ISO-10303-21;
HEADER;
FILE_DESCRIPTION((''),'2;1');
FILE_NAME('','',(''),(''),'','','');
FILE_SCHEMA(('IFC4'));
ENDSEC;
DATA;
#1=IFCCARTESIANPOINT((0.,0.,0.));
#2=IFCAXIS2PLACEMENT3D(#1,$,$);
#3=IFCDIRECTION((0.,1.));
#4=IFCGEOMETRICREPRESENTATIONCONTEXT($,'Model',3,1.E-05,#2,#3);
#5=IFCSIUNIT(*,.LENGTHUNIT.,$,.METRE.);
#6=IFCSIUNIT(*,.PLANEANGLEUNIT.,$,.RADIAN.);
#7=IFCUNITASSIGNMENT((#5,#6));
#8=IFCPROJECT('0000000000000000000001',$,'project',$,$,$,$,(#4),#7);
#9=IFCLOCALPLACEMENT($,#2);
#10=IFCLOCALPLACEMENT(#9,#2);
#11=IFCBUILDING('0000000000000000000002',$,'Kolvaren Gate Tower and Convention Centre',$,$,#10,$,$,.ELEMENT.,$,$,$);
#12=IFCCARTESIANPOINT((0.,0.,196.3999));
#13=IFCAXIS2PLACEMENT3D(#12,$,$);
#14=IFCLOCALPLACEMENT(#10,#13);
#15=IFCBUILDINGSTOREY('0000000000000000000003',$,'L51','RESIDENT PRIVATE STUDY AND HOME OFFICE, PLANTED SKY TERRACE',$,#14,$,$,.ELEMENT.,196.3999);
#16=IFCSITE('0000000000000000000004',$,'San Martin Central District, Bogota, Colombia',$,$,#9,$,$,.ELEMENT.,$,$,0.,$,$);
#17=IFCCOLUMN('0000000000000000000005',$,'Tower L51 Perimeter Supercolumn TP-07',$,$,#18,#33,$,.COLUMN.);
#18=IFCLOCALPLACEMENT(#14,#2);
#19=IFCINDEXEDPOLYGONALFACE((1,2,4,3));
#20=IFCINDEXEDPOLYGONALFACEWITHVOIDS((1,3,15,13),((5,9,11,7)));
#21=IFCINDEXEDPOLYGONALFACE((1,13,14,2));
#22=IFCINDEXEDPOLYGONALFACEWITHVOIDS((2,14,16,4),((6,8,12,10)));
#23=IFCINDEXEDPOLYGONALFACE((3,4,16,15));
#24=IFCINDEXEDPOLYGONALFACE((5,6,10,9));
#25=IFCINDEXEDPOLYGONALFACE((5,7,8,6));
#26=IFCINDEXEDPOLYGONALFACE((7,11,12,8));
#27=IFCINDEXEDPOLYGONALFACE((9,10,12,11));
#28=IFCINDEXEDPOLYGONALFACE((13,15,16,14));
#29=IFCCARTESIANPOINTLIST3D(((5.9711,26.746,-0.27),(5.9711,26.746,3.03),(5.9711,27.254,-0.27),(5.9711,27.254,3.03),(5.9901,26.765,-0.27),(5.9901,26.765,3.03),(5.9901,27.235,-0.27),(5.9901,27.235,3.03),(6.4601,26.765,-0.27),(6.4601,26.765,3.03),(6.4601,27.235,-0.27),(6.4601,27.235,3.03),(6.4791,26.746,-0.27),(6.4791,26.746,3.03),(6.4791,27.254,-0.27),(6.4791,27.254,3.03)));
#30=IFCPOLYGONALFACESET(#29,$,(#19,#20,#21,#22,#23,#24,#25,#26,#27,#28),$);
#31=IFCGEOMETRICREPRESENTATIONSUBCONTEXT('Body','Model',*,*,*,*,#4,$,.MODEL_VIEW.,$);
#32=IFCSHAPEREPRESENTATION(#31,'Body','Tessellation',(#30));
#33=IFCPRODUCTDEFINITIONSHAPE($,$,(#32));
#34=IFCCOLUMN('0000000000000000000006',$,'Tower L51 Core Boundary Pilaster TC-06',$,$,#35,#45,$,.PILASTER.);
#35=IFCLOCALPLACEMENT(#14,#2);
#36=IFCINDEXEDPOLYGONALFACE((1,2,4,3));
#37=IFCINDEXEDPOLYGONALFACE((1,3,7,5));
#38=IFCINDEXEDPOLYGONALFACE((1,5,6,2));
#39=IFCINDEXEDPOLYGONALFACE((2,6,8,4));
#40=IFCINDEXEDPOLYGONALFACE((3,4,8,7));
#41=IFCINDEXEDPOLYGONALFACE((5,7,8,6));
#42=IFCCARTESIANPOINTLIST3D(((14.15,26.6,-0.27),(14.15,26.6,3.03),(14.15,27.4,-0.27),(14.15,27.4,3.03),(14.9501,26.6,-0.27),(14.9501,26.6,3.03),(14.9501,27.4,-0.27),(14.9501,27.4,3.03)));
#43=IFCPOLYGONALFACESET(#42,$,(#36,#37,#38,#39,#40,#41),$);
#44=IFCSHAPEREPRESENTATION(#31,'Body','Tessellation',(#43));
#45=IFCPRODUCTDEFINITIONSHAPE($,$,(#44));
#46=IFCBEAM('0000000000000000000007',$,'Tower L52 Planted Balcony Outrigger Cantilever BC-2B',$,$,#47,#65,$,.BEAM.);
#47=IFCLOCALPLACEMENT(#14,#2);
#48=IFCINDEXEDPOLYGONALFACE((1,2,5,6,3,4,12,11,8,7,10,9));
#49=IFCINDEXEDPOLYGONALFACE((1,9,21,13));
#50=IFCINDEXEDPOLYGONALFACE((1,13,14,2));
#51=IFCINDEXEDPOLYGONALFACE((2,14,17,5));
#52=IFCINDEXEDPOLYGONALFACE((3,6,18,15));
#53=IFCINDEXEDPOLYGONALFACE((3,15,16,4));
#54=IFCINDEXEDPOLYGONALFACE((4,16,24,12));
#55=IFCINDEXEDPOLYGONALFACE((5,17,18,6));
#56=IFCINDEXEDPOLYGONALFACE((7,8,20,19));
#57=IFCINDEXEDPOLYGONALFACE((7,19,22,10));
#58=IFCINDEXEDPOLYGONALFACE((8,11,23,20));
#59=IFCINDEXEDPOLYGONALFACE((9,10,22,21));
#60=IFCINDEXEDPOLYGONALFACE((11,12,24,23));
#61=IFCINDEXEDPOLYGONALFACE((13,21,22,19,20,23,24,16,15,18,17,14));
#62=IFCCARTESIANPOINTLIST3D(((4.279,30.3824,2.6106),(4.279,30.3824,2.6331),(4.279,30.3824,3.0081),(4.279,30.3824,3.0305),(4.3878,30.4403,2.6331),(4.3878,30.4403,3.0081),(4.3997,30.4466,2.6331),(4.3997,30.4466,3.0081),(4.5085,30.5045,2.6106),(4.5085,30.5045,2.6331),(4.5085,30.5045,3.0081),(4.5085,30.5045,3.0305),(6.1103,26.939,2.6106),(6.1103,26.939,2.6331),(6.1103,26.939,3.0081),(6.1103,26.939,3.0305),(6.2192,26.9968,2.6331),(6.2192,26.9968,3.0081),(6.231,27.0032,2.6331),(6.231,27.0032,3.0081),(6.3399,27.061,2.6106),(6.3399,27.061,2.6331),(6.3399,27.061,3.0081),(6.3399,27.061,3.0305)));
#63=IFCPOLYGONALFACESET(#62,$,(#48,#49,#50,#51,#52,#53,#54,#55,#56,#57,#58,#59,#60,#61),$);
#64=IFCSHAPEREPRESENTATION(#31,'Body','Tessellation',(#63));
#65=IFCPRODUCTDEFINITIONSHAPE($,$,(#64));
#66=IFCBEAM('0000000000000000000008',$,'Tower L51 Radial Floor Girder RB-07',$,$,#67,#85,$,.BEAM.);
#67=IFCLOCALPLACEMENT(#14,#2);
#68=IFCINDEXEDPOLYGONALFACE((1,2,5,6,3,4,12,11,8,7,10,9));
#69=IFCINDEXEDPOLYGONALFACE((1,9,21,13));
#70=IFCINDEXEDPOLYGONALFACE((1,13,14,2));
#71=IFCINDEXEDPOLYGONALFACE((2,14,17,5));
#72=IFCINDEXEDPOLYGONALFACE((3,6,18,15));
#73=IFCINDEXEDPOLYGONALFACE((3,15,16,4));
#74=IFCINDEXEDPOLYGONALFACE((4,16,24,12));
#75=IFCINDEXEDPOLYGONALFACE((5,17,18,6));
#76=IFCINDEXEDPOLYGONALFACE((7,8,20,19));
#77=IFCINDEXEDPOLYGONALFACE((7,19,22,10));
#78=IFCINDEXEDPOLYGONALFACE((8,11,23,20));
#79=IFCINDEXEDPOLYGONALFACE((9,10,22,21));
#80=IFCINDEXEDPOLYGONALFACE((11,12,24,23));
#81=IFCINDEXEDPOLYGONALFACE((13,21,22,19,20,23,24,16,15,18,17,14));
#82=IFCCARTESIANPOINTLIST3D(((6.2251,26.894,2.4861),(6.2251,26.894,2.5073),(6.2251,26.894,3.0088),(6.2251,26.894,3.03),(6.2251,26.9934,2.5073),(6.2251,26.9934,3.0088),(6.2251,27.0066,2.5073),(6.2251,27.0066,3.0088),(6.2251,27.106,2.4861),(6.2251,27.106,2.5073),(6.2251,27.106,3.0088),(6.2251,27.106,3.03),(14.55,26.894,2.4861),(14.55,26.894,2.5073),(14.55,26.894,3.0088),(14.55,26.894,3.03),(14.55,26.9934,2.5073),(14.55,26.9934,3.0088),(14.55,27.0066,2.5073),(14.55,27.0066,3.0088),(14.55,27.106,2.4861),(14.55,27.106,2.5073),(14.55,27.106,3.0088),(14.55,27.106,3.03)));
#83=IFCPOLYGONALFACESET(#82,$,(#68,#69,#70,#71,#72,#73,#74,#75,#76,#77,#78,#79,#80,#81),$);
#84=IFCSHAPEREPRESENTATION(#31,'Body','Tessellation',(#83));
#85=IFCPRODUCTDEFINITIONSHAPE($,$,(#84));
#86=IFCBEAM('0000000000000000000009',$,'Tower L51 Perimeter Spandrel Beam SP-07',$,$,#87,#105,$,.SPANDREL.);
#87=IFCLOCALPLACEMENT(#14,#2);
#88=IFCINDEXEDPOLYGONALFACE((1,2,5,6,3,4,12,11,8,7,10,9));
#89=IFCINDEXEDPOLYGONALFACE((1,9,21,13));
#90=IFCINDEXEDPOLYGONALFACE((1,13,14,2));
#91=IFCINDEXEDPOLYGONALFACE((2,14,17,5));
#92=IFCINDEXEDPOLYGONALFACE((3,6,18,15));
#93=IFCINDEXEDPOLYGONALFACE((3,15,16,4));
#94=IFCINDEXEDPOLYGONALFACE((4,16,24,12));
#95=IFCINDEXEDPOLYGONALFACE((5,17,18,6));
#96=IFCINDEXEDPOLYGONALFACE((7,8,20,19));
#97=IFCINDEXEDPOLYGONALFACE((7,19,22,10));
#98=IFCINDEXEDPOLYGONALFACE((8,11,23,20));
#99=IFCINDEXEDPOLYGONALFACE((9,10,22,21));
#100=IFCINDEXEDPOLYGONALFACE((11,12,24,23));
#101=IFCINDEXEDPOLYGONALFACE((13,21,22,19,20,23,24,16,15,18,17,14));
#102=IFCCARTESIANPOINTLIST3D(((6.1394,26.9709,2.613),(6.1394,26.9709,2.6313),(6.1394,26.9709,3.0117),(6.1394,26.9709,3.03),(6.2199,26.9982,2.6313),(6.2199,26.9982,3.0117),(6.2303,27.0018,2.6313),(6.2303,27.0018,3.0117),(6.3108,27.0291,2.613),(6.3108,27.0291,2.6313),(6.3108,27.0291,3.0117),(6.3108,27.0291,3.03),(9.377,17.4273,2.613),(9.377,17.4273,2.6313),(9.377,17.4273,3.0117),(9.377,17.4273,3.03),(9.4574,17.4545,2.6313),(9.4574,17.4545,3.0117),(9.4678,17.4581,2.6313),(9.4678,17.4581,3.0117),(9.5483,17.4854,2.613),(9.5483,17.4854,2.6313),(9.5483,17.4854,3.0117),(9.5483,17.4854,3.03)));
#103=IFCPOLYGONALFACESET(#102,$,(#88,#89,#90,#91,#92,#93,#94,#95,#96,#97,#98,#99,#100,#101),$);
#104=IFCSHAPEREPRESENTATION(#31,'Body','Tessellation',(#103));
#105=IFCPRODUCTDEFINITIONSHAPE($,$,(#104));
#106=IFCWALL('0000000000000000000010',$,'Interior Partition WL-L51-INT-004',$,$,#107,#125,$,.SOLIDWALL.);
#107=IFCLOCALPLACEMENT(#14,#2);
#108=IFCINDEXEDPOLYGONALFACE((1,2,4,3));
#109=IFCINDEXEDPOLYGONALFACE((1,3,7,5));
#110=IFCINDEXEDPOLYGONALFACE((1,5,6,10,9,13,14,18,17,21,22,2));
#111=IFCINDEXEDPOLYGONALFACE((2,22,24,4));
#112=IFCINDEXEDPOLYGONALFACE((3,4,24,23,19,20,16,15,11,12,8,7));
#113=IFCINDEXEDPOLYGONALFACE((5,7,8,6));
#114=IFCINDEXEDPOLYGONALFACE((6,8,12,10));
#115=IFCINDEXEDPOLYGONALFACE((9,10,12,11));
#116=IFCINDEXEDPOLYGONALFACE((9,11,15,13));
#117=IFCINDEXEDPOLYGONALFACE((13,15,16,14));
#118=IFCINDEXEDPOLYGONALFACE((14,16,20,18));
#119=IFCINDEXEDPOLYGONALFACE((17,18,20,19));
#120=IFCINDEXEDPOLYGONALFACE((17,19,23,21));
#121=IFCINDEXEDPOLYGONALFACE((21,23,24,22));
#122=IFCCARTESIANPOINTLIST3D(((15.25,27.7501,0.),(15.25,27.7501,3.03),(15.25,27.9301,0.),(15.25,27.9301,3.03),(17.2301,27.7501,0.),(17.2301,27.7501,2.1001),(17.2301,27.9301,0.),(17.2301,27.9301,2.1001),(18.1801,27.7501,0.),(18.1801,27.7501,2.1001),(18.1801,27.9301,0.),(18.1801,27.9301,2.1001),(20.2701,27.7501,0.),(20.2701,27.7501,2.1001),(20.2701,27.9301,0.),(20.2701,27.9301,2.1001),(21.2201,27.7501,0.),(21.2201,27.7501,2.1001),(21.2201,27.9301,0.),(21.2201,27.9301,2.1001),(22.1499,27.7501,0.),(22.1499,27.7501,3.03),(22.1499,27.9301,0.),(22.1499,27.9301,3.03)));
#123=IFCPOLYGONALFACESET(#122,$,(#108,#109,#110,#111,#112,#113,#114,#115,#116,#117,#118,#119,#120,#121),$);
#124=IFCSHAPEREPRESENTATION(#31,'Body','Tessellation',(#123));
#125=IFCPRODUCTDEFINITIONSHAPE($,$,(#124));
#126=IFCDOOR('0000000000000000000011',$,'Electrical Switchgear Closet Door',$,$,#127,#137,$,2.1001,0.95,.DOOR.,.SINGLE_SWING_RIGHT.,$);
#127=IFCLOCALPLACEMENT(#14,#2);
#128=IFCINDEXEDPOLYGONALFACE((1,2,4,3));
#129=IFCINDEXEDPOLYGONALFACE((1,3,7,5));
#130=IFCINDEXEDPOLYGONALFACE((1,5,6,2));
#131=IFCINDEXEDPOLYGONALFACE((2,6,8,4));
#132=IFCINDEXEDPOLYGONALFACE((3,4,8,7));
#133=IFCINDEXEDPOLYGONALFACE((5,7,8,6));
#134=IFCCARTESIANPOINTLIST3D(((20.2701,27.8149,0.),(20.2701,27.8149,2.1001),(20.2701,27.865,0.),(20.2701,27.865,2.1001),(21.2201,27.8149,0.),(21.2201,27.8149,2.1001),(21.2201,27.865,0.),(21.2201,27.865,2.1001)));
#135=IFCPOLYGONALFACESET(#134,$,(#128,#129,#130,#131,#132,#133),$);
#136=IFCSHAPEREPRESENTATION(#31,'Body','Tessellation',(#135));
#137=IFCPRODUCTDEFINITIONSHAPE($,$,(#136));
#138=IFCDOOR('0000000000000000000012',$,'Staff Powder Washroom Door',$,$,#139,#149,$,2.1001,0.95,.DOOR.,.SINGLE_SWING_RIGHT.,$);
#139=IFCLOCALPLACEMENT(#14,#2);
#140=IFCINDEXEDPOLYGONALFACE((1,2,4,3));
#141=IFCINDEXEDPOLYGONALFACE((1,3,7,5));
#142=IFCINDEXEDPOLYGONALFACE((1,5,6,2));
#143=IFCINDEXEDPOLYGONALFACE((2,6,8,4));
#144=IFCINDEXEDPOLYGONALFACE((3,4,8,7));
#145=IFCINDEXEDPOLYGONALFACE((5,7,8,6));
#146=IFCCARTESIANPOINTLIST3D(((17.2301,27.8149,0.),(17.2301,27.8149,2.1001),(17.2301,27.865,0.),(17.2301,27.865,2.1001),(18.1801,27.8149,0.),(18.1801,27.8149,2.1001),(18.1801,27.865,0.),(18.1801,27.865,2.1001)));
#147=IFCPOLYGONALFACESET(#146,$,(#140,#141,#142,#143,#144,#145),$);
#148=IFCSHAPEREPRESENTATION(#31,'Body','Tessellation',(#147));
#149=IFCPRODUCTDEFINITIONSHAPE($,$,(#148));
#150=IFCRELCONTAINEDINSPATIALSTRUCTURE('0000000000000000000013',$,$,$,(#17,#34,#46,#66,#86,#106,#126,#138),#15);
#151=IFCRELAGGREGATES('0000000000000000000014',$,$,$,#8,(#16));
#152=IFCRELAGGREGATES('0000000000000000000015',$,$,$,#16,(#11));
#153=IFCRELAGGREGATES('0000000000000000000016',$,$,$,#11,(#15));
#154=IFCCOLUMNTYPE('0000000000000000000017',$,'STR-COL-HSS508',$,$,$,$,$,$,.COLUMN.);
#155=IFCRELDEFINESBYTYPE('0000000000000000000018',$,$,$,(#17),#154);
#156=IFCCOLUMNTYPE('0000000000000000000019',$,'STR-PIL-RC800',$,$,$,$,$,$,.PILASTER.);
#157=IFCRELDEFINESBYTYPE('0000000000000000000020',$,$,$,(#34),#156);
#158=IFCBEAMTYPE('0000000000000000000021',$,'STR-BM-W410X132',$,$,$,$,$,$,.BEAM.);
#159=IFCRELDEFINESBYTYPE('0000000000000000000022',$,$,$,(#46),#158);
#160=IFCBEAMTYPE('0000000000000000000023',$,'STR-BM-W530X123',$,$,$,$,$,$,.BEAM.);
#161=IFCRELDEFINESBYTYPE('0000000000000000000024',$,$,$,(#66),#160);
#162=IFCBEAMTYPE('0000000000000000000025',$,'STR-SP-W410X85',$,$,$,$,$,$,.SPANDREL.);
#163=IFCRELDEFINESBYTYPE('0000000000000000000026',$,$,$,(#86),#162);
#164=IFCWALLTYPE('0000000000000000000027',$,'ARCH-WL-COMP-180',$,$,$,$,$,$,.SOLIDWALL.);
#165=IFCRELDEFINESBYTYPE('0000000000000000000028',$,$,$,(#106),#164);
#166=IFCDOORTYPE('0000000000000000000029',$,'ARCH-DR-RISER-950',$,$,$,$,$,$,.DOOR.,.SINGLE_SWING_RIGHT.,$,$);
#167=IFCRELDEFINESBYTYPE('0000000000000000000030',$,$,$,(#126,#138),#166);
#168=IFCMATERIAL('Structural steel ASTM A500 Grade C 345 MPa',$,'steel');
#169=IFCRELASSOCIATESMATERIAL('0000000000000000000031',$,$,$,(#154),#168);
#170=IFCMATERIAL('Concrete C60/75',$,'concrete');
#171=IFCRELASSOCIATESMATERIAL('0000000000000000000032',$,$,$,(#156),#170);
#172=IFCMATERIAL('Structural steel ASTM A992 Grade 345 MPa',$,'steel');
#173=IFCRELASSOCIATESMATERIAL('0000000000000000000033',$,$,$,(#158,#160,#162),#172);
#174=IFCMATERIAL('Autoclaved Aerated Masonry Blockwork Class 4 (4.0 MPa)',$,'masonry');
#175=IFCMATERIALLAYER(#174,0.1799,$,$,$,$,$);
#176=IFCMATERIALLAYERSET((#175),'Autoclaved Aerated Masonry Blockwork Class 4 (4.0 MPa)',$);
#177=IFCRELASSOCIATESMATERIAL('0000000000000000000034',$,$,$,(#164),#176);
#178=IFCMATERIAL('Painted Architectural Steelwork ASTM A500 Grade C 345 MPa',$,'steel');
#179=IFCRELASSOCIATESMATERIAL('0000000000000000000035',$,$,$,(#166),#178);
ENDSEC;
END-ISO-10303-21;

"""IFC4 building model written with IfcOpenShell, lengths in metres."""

from ifc_helpers import new_model, si_unit, direction, frame, frame_2d, origin, origin_2d, place, context, subcontext, project, spatial, rectangle, hollow_rectangle, i_section, extrude, material, layer, layer_set, material_profile, profile_set, type_object, element, fill, save


model = new_model("IFC4")

# Units and contexts
model_context = context("Model", 3, precision=1e-05, world=origin(), true_north=direction((0.0, 1.0)))
body_context = subcontext(model_context, "Body", "Model", "MODEL_VIEW")
ifc_project = project(units=[si_unit("LENGTHUNIT", "METRE"), si_unit("PLANEANGLEUNIT", "RADIAN")], contexts=[model_context])

# Site, building, storey
site_placement = place(None, origin())
site = spatial("IfcSite", under=ifc_project, at=site_placement, Name="San Martin Central District, Bogota, Colombia", CompositionType="ELEMENT", RefElevation=0.0)
building_placement = place(site_placement, origin())
building = spatial("IfcBuilding", under=site, at=building_placement, Name="Kolvaren Gate Tower and Convention Centre", CompositionType="ELEMENT")
storey_placement = place(building_placement, frame((0.0, 0.0, 196.3999)))
storey = spatial("IfcBuildingStorey", under=building, at=storey_placement, Name="L51", Description="RESIDENT PRIVATE STUDY AND HOME OFFICE, PLANTED SKY TERRACE", CompositionType="ELEMENT", Elevation=196.3999)

# Columns
ifc_material_1 = material(Name="Structural steel ASTM A500 Grade C 345 MPa", Category="steel")
ifc_material_profile_1 = material_profile(ifc_material_1, hollow_rectangle(XDim=0.5081, YDim=0.5081, WallThickness=0.019, at=origin_2d()), Name="HSS508X508X19.1")
ifc_profile_set_1 = profile_set([ifc_material_profile_1], Name="Structural steel ASTM A500 Grade C 345 MPa")
column_type_1 = type_object("IfcColumnType", Name="STR-COL-HSS508", PredefinedType="COLUMN", material=ifc_profile_set_1)
column_1_placement = place(storey_placement, frame((6.2251, 27.0, -0.27), z_axis=(0.0, 0.0, 1.0), x_axis=(1.0, 0.0, 0.0)))
element("IfcColumn", 1, at=column_1_placement, inside=storey, type_object=column_type_1, Name="Tower L51 Perimeter Supercolumn TP-07", PredefinedType="COLUMN", context=body_context, shape_type="SweptSolid", body=[
    extrude(hollow_rectangle(XDim=0.5081, YDim=0.5081, WallThickness=0.019, at=origin_2d()), origin(), (0.0, 0.0, 1.0), 3.3),
])
ifc_material_2 = material(Name="Concrete C60/75", Category="concrete")
ifc_material_profile_2 = material_profile(ifc_material_2, rectangle(XDim=0.8, YDim=0.8, at=origin_2d()), Name="RC-COL-800X800")
ifc_profile_set_2 = profile_set([ifc_material_profile_2], Name="Concrete C60/75")
column_type_2 = type_object("IfcColumnType", Name="STR-PIL-RC800", PredefinedType="PILASTER", material=ifc_profile_set_2)
column_2_placement = place(storey_placement, frame((14.55, 27.0, -0.27), z_axis=(0.0, 0.0, 1.0), x_axis=(1.0, 0.0, 0.0)))
element("IfcColumn", 2, at=column_2_placement, inside=storey, type_object=column_type_2, Name="Tower L51 Core Boundary Pilaster TC-06", PredefinedType="PILASTER", context=body_context, shape_type="SweptSolid", body=[
    extrude(rectangle(XDim=0.8, YDim=0.8, at=origin_2d()), origin(), (0.0, 0.0, 1.0), 3.3),
])

# Beams
ifc_material_3 = material(Name="Structural steel ASTM A992 Grade 345 MPa", Category="steel")
ifc_material_profile_3 = material_profile(ifc_material_3, i_section(OverallWidth=0.26, OverallDepth=0.4199, WebThickness=0.0134, FlangeThickness=0.0225, at=origin_2d()), Name="W410X132")
ifc_profile_set_3 = profile_set([ifc_material_profile_3], Name="Structural steel ASTM A992 Grade 345 MPa")
beam_type_1 = type_object("IfcBeamType", Name="STR-BM-W410X132", PredefinedType="BEAM", material=ifc_profile_set_3)
beam_1_placement = place(storey_placement, frame((6.2251, 27.0, 2.8206), z_axis=(-0.469558, 0.882902, 0.0), x_axis=(-0.882902, -0.469558, 0.0)))
element("IfcBeam", 3, at=beam_1_placement, inside=storey, type_object=beam_type_1, Name="Tower L52 Planted Balcony Outrigger Cantilever BC-2B", PredefinedType="BEAM", context=body_context, shape_type="SweptSolid", body=[
    extrude(i_section(OverallWidth=0.26, OverallDepth=0.4199, WebThickness=0.0134, FlangeThickness=0.0225, at=origin_2d()), origin(), (0.0, 0.0, 1.0), 3.9001),
])
ifc_material_profile_4 = material_profile(ifc_material_3, i_section(OverallWidth=0.2119, OverallDepth=0.5439, WebThickness=0.0132, FlangeThickness=0.0212, at=origin_2d()), Name="W530X123")
ifc_profile_set_4 = profile_set([ifc_material_profile_4], Name="Structural steel ASTM A992 Grade 345 MPa")
beam_type_2 = type_object("IfcBeamType", Name="STR-BM-W530X123", PredefinedType="BEAM", material=ifc_profile_set_4)
beam_2_placement = place(storey_placement, frame((14.55, 27.0, 2.7581), z_axis=(-1.0, 0.0, 0.0), x_axis=(0.0, -1.0, 0.0)))
element("IfcBeam", 4, at=beam_2_placement, inside=storey, type_object=beam_type_2, Name="Tower L51 Radial Floor Girder RB-07", PredefinedType="BEAM", context=body_context, shape_type="SweptSolid", body=[
    extrude(i_section(OverallWidth=0.2119, OverallDepth=0.5439, WebThickness=0.0132, FlangeThickness=0.0212, at=origin_2d()), origin(), (0.0, 0.0, 1.0), 8.325),
])
ifc_material_profile_5 = material_profile(ifc_material_3, i_section(OverallWidth=0.1809, OverallDepth=0.417, WebThickness=0.011, FlangeThickness=0.0183, at=origin_2d()), Name="W410X85")
ifc_profile_set_5 = profile_set([ifc_material_profile_5], Name="Structural steel ASTM A992 Grade 345 MPa")
beam_type_3 = type_object("IfcBeamType", Name="STR-SP-W410X85", PredefinedType="SPANDREL", material=ifc_profile_set_5)
beam_3_placement = place(storey_placement, frame((6.2251, 27.0, 2.8215), z_axis=(0.321253, -0.946994, 0.0), x_axis=(0.946994, 0.321253, 0.0)))
element("IfcBeam", 5, at=beam_3_placement, inside=storey, type_object=beam_type_3, Name="Tower L51 Perimeter Spandrel Beam SP-07", PredefinedType="SPANDREL", context=body_context, shape_type="SweptSolid", body=[
    extrude(i_section(OverallWidth=0.1809, OverallDepth=0.417, WebThickness=0.011, FlangeThickness=0.0183, at=origin_2d()), origin(), (0.0, 0.0, 1.0), 10.0779),
])

# Wall, openings, doors
ifc_material_4 = material(Name="Autoclaved Aerated Masonry Blockwork Class 4 (4.0 MPa)", Category="masonry")
ifc_layer_1 = layer(ifc_material_4, 0.1799)
ifc_layer_set_1 = layer_set([ifc_layer_1], Name="Autoclaved Aerated Masonry Blockwork Class 4 (4.0 MPa)")
wall_type_1 = type_object("IfcWallType", Name="ARCH-WL-COMP-180", PredefinedType="SOLIDWALL", material=ifc_layer_set_1)
wall_1_placement = place(storey_placement, frame((15.25, 27.8401, 0.0), z_axis=(0.0, 0.0, 1.0), x_axis=(1.0, 0.0, 0.0)))
wall_1 = element("IfcWall", 6, at=wall_1_placement, inside=storey, type_object=wall_type_1, Name="Interior Partition WL-L51-INT-004", PredefinedType="SOLIDWALL", context=body_context, shape_type="SweptSolid", body=[
    extrude(rectangle(XDim=6.8999, YDim=0.1799, at=frame_2d((3.45, 0.0))), origin(), (0.0, 0.0, 1.0), 3.03),
])
opening_1_placement = place(wall_1_placement, frame((5.02, 0.0, 0.0)))
opening_1 = element("IfcOpeningElement", 7, at=opening_1_placement, cuts=wall_1, PredefinedType="OPENING", context=body_context, shape_type="SweptSolid", body=[
    extrude(rectangle(XDim=0.95, YDim=2.1001, at=frame_2d((0.4751, 1.05))), frame((0.0, 0.0999, 0.0), z_axis=(0.0, -1.0, 0.0), x_axis=(1.0, 0.0, 0.0)), (0.0, 0.0, 1.0), 0.2),
])
opening_2_placement = place(wall_1_placement, frame((1.98, 0.0, 0.0)))
opening_2 = element("IfcOpeningElement", 8, at=opening_2_placement, cuts=wall_1, PredefinedType="OPENING", context=body_context, shape_type="SweptSolid", body=[
    extrude(rectangle(XDim=0.95, YDim=2.1001, at=frame_2d((0.4751, 1.05))), frame((0.0, 0.0999, 0.0), z_axis=(0.0, -1.0, 0.0), x_axis=(1.0, 0.0, 0.0)), (0.0, 0.0, 1.0), 0.2),
])
ifc_material_5 = material(Name="Painted Architectural Steelwork ASTM A500 Grade C 345 MPa", Category="steel")
door_type_1 = type_object("IfcDoorType", Name="ARCH-DR-RISER-950", OperationType="SINGLE_SWING_RIGHT", PredefinedType="DOOR", material=ifc_material_5)
door_1_placement = place(opening_1_placement, origin())
door_1 = element("IfcDoor", 9, at=door_1_placement, inside=storey, type_object=door_type_1, Name="Electrical Switchgear Closet Door", OperationType="SINGLE_SWING_RIGHT", OverallHeight=2.1001, OverallWidth=0.95, PredefinedType="DOOR", context=body_context, shape_type="SweptSolid", body=[
    extrude(rectangle(XDim=0.95, YDim=2.1001, at=frame_2d((0.4751, 1.05))), frame((0.0, 0.0249, 0.0), z_axis=(0.0, -1.0, 0.0), x_axis=(1.0, 0.0, 0.0)), (0.0, 0.0, 1.0), 0.05),
])
fill(opening_1, door_1)
door_2_placement = place(opening_2_placement, origin())
door_2 = element("IfcDoor", 10, at=door_2_placement, inside=storey, type_object=door_type_1, Name="Staff Powder Washroom Door", OperationType="SINGLE_SWING_RIGHT", OverallHeight=2.1001, OverallWidth=0.95, PredefinedType="DOOR", context=body_context, shape_type="SweptSolid", body=[
    extrude(rectangle(XDim=0.95, YDim=2.1001, at=frame_2d((0.4751, 1.05))), frame((0.0, 0.0249, 0.0), z_axis=(0.0, -1.0, 0.0), x_axis=(1.0, 0.0, 0.0)), (0.0, 0.0, 1.0), 0.05),
])
fill(opening_2, door_2)

save(model, "model.ifc")
